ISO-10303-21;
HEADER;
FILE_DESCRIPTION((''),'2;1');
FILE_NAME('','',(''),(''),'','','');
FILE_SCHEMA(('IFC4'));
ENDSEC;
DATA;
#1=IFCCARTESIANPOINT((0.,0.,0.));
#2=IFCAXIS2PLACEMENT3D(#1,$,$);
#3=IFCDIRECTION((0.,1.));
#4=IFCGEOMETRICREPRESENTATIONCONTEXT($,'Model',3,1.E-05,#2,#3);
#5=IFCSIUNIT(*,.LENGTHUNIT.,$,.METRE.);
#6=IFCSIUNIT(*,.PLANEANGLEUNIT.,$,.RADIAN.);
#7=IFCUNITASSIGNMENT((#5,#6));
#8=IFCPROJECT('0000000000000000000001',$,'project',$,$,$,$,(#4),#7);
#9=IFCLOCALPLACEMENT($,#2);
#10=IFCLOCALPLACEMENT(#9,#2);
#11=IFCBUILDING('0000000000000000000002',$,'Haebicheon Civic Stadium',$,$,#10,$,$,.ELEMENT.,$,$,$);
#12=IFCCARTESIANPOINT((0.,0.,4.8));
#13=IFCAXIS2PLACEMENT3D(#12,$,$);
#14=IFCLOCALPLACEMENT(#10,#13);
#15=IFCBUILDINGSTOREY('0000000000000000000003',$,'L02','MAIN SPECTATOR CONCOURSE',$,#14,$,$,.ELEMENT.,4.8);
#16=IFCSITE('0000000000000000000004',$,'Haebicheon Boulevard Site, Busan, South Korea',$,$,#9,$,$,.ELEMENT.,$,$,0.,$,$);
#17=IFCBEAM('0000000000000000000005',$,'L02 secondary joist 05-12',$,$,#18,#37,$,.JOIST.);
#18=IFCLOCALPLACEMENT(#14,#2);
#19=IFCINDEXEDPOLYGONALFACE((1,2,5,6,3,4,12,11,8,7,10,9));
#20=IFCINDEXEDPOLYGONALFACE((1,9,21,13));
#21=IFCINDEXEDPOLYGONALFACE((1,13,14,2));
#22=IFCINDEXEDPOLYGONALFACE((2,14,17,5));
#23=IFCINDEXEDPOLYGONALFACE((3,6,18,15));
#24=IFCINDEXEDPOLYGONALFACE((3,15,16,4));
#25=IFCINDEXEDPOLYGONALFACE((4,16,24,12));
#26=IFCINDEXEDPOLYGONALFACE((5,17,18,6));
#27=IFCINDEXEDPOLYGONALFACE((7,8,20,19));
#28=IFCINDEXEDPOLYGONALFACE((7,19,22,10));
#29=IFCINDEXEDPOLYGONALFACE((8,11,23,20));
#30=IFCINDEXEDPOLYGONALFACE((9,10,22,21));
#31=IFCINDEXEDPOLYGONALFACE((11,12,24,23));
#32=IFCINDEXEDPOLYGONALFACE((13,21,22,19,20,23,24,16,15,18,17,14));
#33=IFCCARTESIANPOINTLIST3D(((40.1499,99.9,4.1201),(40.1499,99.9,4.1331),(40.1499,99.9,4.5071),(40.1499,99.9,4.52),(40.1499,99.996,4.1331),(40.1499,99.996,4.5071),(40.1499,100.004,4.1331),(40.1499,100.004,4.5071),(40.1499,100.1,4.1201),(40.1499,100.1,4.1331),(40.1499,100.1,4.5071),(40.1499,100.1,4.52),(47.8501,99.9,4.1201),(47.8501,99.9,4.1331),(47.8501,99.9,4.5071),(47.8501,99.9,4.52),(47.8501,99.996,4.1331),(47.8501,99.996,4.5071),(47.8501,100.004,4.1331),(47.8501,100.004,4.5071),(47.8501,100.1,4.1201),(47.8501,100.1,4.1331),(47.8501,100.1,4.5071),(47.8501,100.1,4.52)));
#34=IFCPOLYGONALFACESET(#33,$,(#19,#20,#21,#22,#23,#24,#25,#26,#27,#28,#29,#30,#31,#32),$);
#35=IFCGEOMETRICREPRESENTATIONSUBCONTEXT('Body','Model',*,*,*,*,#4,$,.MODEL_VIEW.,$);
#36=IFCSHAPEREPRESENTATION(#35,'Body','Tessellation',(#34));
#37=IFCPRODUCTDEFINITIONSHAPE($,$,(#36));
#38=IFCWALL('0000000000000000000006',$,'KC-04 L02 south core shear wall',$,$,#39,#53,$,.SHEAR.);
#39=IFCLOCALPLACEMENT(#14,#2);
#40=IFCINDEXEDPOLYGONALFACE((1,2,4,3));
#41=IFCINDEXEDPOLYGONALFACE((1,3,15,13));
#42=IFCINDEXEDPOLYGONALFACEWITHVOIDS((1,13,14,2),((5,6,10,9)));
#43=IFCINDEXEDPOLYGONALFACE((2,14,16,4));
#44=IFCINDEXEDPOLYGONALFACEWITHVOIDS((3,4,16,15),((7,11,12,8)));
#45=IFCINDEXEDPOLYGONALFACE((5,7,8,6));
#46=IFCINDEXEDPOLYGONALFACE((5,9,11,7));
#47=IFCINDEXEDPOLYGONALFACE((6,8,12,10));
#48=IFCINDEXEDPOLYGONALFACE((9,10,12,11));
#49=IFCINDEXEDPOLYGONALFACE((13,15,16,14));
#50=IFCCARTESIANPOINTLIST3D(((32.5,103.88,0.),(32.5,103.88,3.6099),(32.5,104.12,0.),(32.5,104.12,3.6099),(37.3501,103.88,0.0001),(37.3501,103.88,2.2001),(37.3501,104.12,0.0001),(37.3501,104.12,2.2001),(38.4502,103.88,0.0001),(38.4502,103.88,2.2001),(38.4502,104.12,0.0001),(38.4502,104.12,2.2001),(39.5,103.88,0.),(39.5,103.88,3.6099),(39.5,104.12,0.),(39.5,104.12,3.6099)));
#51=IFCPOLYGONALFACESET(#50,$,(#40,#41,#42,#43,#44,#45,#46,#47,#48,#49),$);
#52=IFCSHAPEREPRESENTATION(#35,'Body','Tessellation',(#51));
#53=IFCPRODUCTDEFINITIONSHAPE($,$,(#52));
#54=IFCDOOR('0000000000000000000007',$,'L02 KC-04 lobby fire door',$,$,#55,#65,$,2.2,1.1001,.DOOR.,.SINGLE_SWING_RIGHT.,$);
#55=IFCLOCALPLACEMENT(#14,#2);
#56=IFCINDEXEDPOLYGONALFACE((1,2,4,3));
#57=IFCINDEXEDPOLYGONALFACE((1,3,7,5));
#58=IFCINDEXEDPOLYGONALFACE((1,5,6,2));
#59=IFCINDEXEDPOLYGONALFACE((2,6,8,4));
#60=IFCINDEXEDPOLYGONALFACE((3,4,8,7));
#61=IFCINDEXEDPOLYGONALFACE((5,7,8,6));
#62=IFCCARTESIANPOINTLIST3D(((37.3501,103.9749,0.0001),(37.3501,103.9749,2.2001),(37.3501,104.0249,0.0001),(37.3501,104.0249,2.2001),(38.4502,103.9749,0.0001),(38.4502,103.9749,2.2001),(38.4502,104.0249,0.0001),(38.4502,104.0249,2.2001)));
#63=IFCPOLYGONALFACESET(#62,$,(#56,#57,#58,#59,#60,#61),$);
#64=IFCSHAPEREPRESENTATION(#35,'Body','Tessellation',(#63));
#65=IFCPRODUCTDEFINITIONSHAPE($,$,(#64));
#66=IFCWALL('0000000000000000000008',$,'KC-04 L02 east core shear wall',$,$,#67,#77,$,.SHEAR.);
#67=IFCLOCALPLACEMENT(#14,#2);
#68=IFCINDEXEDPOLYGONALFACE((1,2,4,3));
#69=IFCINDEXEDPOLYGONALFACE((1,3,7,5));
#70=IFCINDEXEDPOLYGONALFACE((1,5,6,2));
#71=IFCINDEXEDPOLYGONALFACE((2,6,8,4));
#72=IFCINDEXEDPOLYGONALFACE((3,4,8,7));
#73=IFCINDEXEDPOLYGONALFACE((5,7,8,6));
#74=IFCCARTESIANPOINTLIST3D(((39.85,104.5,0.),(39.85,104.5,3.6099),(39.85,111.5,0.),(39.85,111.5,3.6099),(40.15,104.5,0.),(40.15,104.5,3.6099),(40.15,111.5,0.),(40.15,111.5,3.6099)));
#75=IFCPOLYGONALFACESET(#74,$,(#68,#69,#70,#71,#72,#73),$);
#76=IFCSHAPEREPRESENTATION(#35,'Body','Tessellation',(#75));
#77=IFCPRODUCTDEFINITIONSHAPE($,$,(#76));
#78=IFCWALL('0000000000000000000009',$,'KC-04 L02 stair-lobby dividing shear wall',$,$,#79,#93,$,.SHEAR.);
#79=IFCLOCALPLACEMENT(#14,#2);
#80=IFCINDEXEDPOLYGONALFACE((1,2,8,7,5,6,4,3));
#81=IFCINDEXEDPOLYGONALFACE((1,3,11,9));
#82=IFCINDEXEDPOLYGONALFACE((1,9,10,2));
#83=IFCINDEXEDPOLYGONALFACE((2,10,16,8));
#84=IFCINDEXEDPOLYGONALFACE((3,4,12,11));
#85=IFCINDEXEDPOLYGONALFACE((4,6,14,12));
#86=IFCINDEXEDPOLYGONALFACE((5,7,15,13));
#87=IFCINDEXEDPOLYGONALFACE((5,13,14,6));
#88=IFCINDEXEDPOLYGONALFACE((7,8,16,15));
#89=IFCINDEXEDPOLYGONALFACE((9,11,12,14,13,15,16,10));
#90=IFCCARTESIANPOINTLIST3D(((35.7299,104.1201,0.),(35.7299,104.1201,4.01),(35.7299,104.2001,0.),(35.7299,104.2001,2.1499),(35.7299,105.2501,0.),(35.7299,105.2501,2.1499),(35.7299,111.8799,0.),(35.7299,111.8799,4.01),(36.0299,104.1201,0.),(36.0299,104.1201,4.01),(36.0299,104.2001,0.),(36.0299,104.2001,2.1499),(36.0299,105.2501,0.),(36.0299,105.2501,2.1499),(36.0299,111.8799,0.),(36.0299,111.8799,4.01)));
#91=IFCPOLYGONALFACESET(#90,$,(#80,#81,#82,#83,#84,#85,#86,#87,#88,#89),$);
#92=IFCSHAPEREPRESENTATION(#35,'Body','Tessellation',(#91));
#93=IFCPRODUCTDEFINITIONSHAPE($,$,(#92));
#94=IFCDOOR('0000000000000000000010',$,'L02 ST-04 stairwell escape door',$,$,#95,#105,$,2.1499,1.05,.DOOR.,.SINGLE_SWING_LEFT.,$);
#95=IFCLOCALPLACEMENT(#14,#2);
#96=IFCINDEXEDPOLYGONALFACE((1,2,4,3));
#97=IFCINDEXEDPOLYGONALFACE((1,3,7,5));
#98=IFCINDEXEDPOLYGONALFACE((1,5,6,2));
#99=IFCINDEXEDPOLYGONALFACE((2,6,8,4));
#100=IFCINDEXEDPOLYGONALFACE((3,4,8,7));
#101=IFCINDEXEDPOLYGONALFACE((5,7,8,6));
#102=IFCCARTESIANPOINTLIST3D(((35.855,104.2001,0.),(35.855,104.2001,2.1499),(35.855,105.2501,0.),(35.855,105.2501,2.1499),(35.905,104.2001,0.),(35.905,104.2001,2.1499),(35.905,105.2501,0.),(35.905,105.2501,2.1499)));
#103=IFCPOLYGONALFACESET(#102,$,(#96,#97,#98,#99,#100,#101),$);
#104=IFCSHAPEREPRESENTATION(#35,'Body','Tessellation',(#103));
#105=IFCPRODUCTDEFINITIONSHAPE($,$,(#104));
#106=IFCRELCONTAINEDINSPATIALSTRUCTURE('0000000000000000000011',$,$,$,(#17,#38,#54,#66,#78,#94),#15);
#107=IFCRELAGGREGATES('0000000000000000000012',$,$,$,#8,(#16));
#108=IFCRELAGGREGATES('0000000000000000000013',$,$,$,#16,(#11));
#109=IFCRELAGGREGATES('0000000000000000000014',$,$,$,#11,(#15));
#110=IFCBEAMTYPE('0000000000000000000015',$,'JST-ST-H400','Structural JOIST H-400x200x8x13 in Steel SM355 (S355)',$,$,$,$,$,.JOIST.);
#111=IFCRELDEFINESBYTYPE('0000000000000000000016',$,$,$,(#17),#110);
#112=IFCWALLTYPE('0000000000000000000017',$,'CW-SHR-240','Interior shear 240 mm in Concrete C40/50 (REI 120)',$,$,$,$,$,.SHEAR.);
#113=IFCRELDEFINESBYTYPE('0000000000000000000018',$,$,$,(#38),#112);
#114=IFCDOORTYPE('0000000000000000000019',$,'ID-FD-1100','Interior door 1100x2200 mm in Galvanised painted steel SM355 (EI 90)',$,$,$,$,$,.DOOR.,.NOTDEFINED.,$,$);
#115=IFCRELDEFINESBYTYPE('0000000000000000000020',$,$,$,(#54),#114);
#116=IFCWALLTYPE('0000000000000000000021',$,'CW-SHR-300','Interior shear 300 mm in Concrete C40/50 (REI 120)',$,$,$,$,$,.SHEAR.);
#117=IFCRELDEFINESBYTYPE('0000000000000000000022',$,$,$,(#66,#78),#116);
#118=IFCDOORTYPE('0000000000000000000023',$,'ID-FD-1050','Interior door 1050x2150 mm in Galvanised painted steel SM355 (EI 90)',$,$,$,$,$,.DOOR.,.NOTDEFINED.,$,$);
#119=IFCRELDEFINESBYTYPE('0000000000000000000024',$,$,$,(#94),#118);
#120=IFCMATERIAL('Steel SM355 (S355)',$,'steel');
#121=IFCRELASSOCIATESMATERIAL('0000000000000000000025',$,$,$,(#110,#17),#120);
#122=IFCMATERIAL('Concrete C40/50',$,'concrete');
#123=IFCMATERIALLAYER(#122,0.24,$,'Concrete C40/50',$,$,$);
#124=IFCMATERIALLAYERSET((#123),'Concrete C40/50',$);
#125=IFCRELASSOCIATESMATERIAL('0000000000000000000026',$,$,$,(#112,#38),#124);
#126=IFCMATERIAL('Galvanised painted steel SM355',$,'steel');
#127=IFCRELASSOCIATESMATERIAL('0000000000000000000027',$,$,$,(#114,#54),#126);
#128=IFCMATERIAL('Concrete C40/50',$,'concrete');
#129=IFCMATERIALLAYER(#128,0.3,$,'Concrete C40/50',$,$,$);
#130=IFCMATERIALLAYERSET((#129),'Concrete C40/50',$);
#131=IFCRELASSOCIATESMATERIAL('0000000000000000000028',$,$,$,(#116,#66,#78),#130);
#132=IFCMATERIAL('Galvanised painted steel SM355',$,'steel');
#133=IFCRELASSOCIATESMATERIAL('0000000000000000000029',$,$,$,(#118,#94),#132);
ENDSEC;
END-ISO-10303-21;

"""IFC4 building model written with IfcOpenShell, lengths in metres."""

from ifc_helpers import new_model, si_unit, direction, frame, frame_2d, origin, origin_2d, place, context, subcontext, project, spatial, rectangle, i_section, extrude, material, layer, layer_set, material_profile, profile_set, type_object, element, fill, save


model = new_model("IFC4")

# Units and contexts
model_context = context("Model", 3, precision=1e-05, world=origin(), true_north=direction((0.0, 1.0)))
body_context = subcontext(model_context, "Body", "Model", "MODEL_VIEW")
ifc_project = project(units=[si_unit("LENGTHUNIT", "METRE"), si_unit("PLANEANGLEUNIT", "RADIAN")], contexts=[model_context])

# Site, building, storey
site_placement = place(None, origin())
site = spatial("IfcSite", under=ifc_project, at=site_placement, Name="Haebicheon Boulevard Site, Busan, South Korea", CompositionType="ELEMENT", RefElevation=0.0)
building_placement = place(site_placement, origin())
building = spatial("IfcBuilding", under=site, at=building_placement, Name="Haebicheon Civic Stadium", CompositionType="ELEMENT")
storey_placement = place(building_placement, frame((0.0, 0.0, 4.8)))
storey = spatial("IfcBuildingStorey", under=building, at=storey_placement, Name="L02", Description="MAIN SPECTATOR CONCOURSE", CompositionType="ELEMENT", Elevation=4.8)

# Beam
ifc_material_1 = material(Name="Steel SM355 (S355)", Category="steel")
ifc_material_profile_1 = material_profile(ifc_material_1, i_section(OverallWidth=0.2, OverallDepth=0.3999, WebThickness=0.0081, FlangeThickness=0.0129, at=origin_2d()), Name="H-400x200x8x13")
ifc_profile_set_1 = profile_set([ifc_material_profile_1], Name="Steel SM355 (S355)")
beam_type_1 = type_object("IfcBeamType", Name="JST-ST-H400", Description="Structural JOIST H-400x200x8x13 in Steel SM355 (S355)", PredefinedType="JOIST", material=ifc_profile_set_1)
for number, where, z_axis, x_axis, name in (
    (1, (40.1499, 100.0, 4.3201), (1.0, 0.0, 0.0), (0.0, 1.0, 0.0), "L02 secondary joist 05-12"),
):
    element("IfcBeam", number, at=place(storey_placement, frame(where, z_axis=z_axis, x_axis=x_axis)), inside=storey, type_object=beam_type_1, material=ifc_profile_set_1, Name=name, PredefinedType="JOIST", context=body_context, shape_type="SweptSolid", body=[
        extrude(i_section(OverallWidth=0.2, OverallDepth=0.3999, WebThickness=0.0081, FlangeThickness=0.0129, at=origin_2d()), origin(), (0.0, 0.0, 1.0), 7.7002),
    ])

# Wall, opening, door
ifc_material_2 = material(Name="Concrete C40/50", Category="concrete")
ifc_layer_1 = layer(ifc_material_2, 0.24, Name="Concrete C40/50")
ifc_layer_set_1 = layer_set([ifc_layer_1], Name="Concrete C40/50")
wall_type_1 = type_object("IfcWallType", Name="CW-SHR-240", Description="Interior shear 240 mm in Concrete C40/50 (REI 120)", PredefinedType="SHEAR", material=ifc_layer_set_1)
wall_1_placement = place(storey_placement, frame((32.5, 104.0, 0.0), z_axis=(0.0, 0.0, 1.0), x_axis=(1.0, 0.0, 0.0)))
wall_1 = element("IfcWall", 2, at=wall_1_placement, inside=storey, type_object=wall_type_1, material=ifc_layer_set_1, Name="KC-04 L02 south core shear wall", PredefinedType="SHEAR", context=body_context, shape_type="SweptSolid", body=[
    extrude(rectangle(XDim=7.0, YDim=0.24, at=frame_2d((3.5, 0.0))), origin(), (0.0, 0.0, 1.0), 3.6099),
])
opening_1_placement = place(wall_1_placement, frame((4.8501, 0.0, 0.0)))
opening_1 = element("IfcOpeningElement", 3, at=opening_1_placement, cuts=wall_1, PredefinedType="OPENING", context=body_context, shape_type="SweptSolid", body=[
    extrude(rectangle(XDim=1.1001, YDim=2.2, at=frame_2d((0.55, 1.1001))), frame((0.0, 0.1299, 0.0), z_axis=(0.0, -1.0, 0.0), x_axis=(1.0, 0.0, 0.0)), (0.0, 0.0, 1.0), 0.26),
])
ifc_material_3 = material(Name="Galvanised painted steel SM355", Category="steel")
door_type_1 = type_object("IfcDoorType", Name="ID-FD-1100", Description="Interior door 1100x2200 mm in Galvanised painted steel SM355 (EI 90)", OperationType="NOTDEFINED", PredefinedType="DOOR", material=ifc_material_3)
door_1_placement = place(opening_1_placement, origin())
door_1 = element("IfcDoor", 4, at=door_1_placement, inside=storey, type_object=door_type_1, material=ifc_material_3, Name="L02 KC-04 lobby fire door", OperationType="SINGLE_SWING_RIGHT", OverallHeight=2.2, OverallWidth=1.1001, PredefinedType="DOOR", context=body_context, shape_type="SweptSolid", body=[
    extrude(rectangle(XDim=1.1001, YDim=2.2, at=frame_2d((0.55, 1.1001))), frame((0.0, 0.0249, 0.0), z_axis=(0.0, -1.0, 0.0), x_axis=(1.0, 0.0, 0.0)), (0.0, 0.0, 1.0), 0.05),
])
fill(opening_1, door_1)

# Wall
ifc_material_4 = material(Name="Concrete C40/50", Category="concrete")
ifc_layer_2 = layer(ifc_material_4, 0.3, Name="Concrete C40/50")
ifc_layer_set_2 = layer_set([ifc_layer_2], Name="Concrete C40/50")
wall_type_2 = type_object("IfcWallType", Name="CW-SHR-300", Description="Interior shear 300 mm in Concrete C40/50 (REI 120)", PredefinedType="SHEAR", material=ifc_layer_set_2)
wall_2_placement = place(storey_placement, frame((40.0, 104.5, 0.0), z_axis=(0.0, 0.0, 1.0), x_axis=(0.0, 1.0, 0.0)))
element("IfcWall", 5, at=wall_2_placement, inside=storey, type_object=wall_type_2, material=ifc_layer_set_2, Name="KC-04 L02 east core shear wall", PredefinedType="SHEAR", context=body_context, shape_type="SweptSolid", body=[
    extrude(rectangle(XDim=7.0, YDim=0.3, at=frame_2d((3.5, 0.0))), origin(), (0.0, 0.0, 1.0), 3.6099),
])

# Wall, opening, door
wall_3_placement = place(storey_placement, frame((35.8799, 104.1201, 0.0), z_axis=(0.0, 0.0, 1.0), x_axis=(0.0, 1.0, 0.0)))
wall_3 = element("IfcWall", 6, at=wall_3_placement, inside=storey, type_object=wall_type_2, material=ifc_layer_set_2, Name="KC-04 L02 stair-lobby dividing shear wall", PredefinedType="SHEAR", context=body_context, shape_type="SweptSolid", body=[
    extrude(rectangle(XDim=7.7598, YDim=0.3, at=frame_2d((3.8799, 0.0))), origin(), (0.0, 0.0, 1.0), 4.01),
])
opening_2_placement = place(wall_3_placement, frame((0.0801, 0.0, 0.0)))
opening_2 = element("IfcOpeningElement", 7, at=opening_2_placement, cuts=wall_3, PredefinedType="OPENING", context=body_context, shape_type="SweptSolid", body=[
    extrude(rectangle(XDim=1.05, YDim=2.1499, at=frame_2d((0.5249, 1.075))), frame((0.0, 0.1599, 0.0), z_axis=(0.0, -1.0, 0.0), x_axis=(1.0, 0.0, 0.0)), (0.0, 0.0, 1.0), 0.3201),
])
ifc_material_5 = material(Name="Galvanised painted steel SM355", Category="steel")
door_type_2 = type_object("IfcDoorType", Name="ID-FD-1050", Description="Interior door 1050x2150 mm in Galvanised painted steel SM355 (EI 90)", OperationType="NOTDEFINED", PredefinedType="DOOR", material=ifc_material_5)
door_2_placement = place(opening_2_placement, origin())
door_2 = element("IfcDoor", 8, at=door_2_placement, inside=storey, type_object=door_type_2, material=ifc_material_5, Name="L02 ST-04 stairwell escape door", OperationType="SINGLE_SWING_LEFT", OverallHeight=2.1499, OverallWidth=1.05, PredefinedType="DOOR", context=body_context, shape_type="SweptSolid", body=[
    extrude(rectangle(XDim=1.05, YDim=2.1499, at=frame_2d((0.5249, 1.075))), frame((0.0, 0.0249, 0.0), z_axis=(0.0, -1.0, 0.0), x_axis=(1.0, 0.0, 0.0)), (0.0, 0.0, 1.0), 0.05),
])
fill(opening_2, door_2)

save(model, "model.ifc")
